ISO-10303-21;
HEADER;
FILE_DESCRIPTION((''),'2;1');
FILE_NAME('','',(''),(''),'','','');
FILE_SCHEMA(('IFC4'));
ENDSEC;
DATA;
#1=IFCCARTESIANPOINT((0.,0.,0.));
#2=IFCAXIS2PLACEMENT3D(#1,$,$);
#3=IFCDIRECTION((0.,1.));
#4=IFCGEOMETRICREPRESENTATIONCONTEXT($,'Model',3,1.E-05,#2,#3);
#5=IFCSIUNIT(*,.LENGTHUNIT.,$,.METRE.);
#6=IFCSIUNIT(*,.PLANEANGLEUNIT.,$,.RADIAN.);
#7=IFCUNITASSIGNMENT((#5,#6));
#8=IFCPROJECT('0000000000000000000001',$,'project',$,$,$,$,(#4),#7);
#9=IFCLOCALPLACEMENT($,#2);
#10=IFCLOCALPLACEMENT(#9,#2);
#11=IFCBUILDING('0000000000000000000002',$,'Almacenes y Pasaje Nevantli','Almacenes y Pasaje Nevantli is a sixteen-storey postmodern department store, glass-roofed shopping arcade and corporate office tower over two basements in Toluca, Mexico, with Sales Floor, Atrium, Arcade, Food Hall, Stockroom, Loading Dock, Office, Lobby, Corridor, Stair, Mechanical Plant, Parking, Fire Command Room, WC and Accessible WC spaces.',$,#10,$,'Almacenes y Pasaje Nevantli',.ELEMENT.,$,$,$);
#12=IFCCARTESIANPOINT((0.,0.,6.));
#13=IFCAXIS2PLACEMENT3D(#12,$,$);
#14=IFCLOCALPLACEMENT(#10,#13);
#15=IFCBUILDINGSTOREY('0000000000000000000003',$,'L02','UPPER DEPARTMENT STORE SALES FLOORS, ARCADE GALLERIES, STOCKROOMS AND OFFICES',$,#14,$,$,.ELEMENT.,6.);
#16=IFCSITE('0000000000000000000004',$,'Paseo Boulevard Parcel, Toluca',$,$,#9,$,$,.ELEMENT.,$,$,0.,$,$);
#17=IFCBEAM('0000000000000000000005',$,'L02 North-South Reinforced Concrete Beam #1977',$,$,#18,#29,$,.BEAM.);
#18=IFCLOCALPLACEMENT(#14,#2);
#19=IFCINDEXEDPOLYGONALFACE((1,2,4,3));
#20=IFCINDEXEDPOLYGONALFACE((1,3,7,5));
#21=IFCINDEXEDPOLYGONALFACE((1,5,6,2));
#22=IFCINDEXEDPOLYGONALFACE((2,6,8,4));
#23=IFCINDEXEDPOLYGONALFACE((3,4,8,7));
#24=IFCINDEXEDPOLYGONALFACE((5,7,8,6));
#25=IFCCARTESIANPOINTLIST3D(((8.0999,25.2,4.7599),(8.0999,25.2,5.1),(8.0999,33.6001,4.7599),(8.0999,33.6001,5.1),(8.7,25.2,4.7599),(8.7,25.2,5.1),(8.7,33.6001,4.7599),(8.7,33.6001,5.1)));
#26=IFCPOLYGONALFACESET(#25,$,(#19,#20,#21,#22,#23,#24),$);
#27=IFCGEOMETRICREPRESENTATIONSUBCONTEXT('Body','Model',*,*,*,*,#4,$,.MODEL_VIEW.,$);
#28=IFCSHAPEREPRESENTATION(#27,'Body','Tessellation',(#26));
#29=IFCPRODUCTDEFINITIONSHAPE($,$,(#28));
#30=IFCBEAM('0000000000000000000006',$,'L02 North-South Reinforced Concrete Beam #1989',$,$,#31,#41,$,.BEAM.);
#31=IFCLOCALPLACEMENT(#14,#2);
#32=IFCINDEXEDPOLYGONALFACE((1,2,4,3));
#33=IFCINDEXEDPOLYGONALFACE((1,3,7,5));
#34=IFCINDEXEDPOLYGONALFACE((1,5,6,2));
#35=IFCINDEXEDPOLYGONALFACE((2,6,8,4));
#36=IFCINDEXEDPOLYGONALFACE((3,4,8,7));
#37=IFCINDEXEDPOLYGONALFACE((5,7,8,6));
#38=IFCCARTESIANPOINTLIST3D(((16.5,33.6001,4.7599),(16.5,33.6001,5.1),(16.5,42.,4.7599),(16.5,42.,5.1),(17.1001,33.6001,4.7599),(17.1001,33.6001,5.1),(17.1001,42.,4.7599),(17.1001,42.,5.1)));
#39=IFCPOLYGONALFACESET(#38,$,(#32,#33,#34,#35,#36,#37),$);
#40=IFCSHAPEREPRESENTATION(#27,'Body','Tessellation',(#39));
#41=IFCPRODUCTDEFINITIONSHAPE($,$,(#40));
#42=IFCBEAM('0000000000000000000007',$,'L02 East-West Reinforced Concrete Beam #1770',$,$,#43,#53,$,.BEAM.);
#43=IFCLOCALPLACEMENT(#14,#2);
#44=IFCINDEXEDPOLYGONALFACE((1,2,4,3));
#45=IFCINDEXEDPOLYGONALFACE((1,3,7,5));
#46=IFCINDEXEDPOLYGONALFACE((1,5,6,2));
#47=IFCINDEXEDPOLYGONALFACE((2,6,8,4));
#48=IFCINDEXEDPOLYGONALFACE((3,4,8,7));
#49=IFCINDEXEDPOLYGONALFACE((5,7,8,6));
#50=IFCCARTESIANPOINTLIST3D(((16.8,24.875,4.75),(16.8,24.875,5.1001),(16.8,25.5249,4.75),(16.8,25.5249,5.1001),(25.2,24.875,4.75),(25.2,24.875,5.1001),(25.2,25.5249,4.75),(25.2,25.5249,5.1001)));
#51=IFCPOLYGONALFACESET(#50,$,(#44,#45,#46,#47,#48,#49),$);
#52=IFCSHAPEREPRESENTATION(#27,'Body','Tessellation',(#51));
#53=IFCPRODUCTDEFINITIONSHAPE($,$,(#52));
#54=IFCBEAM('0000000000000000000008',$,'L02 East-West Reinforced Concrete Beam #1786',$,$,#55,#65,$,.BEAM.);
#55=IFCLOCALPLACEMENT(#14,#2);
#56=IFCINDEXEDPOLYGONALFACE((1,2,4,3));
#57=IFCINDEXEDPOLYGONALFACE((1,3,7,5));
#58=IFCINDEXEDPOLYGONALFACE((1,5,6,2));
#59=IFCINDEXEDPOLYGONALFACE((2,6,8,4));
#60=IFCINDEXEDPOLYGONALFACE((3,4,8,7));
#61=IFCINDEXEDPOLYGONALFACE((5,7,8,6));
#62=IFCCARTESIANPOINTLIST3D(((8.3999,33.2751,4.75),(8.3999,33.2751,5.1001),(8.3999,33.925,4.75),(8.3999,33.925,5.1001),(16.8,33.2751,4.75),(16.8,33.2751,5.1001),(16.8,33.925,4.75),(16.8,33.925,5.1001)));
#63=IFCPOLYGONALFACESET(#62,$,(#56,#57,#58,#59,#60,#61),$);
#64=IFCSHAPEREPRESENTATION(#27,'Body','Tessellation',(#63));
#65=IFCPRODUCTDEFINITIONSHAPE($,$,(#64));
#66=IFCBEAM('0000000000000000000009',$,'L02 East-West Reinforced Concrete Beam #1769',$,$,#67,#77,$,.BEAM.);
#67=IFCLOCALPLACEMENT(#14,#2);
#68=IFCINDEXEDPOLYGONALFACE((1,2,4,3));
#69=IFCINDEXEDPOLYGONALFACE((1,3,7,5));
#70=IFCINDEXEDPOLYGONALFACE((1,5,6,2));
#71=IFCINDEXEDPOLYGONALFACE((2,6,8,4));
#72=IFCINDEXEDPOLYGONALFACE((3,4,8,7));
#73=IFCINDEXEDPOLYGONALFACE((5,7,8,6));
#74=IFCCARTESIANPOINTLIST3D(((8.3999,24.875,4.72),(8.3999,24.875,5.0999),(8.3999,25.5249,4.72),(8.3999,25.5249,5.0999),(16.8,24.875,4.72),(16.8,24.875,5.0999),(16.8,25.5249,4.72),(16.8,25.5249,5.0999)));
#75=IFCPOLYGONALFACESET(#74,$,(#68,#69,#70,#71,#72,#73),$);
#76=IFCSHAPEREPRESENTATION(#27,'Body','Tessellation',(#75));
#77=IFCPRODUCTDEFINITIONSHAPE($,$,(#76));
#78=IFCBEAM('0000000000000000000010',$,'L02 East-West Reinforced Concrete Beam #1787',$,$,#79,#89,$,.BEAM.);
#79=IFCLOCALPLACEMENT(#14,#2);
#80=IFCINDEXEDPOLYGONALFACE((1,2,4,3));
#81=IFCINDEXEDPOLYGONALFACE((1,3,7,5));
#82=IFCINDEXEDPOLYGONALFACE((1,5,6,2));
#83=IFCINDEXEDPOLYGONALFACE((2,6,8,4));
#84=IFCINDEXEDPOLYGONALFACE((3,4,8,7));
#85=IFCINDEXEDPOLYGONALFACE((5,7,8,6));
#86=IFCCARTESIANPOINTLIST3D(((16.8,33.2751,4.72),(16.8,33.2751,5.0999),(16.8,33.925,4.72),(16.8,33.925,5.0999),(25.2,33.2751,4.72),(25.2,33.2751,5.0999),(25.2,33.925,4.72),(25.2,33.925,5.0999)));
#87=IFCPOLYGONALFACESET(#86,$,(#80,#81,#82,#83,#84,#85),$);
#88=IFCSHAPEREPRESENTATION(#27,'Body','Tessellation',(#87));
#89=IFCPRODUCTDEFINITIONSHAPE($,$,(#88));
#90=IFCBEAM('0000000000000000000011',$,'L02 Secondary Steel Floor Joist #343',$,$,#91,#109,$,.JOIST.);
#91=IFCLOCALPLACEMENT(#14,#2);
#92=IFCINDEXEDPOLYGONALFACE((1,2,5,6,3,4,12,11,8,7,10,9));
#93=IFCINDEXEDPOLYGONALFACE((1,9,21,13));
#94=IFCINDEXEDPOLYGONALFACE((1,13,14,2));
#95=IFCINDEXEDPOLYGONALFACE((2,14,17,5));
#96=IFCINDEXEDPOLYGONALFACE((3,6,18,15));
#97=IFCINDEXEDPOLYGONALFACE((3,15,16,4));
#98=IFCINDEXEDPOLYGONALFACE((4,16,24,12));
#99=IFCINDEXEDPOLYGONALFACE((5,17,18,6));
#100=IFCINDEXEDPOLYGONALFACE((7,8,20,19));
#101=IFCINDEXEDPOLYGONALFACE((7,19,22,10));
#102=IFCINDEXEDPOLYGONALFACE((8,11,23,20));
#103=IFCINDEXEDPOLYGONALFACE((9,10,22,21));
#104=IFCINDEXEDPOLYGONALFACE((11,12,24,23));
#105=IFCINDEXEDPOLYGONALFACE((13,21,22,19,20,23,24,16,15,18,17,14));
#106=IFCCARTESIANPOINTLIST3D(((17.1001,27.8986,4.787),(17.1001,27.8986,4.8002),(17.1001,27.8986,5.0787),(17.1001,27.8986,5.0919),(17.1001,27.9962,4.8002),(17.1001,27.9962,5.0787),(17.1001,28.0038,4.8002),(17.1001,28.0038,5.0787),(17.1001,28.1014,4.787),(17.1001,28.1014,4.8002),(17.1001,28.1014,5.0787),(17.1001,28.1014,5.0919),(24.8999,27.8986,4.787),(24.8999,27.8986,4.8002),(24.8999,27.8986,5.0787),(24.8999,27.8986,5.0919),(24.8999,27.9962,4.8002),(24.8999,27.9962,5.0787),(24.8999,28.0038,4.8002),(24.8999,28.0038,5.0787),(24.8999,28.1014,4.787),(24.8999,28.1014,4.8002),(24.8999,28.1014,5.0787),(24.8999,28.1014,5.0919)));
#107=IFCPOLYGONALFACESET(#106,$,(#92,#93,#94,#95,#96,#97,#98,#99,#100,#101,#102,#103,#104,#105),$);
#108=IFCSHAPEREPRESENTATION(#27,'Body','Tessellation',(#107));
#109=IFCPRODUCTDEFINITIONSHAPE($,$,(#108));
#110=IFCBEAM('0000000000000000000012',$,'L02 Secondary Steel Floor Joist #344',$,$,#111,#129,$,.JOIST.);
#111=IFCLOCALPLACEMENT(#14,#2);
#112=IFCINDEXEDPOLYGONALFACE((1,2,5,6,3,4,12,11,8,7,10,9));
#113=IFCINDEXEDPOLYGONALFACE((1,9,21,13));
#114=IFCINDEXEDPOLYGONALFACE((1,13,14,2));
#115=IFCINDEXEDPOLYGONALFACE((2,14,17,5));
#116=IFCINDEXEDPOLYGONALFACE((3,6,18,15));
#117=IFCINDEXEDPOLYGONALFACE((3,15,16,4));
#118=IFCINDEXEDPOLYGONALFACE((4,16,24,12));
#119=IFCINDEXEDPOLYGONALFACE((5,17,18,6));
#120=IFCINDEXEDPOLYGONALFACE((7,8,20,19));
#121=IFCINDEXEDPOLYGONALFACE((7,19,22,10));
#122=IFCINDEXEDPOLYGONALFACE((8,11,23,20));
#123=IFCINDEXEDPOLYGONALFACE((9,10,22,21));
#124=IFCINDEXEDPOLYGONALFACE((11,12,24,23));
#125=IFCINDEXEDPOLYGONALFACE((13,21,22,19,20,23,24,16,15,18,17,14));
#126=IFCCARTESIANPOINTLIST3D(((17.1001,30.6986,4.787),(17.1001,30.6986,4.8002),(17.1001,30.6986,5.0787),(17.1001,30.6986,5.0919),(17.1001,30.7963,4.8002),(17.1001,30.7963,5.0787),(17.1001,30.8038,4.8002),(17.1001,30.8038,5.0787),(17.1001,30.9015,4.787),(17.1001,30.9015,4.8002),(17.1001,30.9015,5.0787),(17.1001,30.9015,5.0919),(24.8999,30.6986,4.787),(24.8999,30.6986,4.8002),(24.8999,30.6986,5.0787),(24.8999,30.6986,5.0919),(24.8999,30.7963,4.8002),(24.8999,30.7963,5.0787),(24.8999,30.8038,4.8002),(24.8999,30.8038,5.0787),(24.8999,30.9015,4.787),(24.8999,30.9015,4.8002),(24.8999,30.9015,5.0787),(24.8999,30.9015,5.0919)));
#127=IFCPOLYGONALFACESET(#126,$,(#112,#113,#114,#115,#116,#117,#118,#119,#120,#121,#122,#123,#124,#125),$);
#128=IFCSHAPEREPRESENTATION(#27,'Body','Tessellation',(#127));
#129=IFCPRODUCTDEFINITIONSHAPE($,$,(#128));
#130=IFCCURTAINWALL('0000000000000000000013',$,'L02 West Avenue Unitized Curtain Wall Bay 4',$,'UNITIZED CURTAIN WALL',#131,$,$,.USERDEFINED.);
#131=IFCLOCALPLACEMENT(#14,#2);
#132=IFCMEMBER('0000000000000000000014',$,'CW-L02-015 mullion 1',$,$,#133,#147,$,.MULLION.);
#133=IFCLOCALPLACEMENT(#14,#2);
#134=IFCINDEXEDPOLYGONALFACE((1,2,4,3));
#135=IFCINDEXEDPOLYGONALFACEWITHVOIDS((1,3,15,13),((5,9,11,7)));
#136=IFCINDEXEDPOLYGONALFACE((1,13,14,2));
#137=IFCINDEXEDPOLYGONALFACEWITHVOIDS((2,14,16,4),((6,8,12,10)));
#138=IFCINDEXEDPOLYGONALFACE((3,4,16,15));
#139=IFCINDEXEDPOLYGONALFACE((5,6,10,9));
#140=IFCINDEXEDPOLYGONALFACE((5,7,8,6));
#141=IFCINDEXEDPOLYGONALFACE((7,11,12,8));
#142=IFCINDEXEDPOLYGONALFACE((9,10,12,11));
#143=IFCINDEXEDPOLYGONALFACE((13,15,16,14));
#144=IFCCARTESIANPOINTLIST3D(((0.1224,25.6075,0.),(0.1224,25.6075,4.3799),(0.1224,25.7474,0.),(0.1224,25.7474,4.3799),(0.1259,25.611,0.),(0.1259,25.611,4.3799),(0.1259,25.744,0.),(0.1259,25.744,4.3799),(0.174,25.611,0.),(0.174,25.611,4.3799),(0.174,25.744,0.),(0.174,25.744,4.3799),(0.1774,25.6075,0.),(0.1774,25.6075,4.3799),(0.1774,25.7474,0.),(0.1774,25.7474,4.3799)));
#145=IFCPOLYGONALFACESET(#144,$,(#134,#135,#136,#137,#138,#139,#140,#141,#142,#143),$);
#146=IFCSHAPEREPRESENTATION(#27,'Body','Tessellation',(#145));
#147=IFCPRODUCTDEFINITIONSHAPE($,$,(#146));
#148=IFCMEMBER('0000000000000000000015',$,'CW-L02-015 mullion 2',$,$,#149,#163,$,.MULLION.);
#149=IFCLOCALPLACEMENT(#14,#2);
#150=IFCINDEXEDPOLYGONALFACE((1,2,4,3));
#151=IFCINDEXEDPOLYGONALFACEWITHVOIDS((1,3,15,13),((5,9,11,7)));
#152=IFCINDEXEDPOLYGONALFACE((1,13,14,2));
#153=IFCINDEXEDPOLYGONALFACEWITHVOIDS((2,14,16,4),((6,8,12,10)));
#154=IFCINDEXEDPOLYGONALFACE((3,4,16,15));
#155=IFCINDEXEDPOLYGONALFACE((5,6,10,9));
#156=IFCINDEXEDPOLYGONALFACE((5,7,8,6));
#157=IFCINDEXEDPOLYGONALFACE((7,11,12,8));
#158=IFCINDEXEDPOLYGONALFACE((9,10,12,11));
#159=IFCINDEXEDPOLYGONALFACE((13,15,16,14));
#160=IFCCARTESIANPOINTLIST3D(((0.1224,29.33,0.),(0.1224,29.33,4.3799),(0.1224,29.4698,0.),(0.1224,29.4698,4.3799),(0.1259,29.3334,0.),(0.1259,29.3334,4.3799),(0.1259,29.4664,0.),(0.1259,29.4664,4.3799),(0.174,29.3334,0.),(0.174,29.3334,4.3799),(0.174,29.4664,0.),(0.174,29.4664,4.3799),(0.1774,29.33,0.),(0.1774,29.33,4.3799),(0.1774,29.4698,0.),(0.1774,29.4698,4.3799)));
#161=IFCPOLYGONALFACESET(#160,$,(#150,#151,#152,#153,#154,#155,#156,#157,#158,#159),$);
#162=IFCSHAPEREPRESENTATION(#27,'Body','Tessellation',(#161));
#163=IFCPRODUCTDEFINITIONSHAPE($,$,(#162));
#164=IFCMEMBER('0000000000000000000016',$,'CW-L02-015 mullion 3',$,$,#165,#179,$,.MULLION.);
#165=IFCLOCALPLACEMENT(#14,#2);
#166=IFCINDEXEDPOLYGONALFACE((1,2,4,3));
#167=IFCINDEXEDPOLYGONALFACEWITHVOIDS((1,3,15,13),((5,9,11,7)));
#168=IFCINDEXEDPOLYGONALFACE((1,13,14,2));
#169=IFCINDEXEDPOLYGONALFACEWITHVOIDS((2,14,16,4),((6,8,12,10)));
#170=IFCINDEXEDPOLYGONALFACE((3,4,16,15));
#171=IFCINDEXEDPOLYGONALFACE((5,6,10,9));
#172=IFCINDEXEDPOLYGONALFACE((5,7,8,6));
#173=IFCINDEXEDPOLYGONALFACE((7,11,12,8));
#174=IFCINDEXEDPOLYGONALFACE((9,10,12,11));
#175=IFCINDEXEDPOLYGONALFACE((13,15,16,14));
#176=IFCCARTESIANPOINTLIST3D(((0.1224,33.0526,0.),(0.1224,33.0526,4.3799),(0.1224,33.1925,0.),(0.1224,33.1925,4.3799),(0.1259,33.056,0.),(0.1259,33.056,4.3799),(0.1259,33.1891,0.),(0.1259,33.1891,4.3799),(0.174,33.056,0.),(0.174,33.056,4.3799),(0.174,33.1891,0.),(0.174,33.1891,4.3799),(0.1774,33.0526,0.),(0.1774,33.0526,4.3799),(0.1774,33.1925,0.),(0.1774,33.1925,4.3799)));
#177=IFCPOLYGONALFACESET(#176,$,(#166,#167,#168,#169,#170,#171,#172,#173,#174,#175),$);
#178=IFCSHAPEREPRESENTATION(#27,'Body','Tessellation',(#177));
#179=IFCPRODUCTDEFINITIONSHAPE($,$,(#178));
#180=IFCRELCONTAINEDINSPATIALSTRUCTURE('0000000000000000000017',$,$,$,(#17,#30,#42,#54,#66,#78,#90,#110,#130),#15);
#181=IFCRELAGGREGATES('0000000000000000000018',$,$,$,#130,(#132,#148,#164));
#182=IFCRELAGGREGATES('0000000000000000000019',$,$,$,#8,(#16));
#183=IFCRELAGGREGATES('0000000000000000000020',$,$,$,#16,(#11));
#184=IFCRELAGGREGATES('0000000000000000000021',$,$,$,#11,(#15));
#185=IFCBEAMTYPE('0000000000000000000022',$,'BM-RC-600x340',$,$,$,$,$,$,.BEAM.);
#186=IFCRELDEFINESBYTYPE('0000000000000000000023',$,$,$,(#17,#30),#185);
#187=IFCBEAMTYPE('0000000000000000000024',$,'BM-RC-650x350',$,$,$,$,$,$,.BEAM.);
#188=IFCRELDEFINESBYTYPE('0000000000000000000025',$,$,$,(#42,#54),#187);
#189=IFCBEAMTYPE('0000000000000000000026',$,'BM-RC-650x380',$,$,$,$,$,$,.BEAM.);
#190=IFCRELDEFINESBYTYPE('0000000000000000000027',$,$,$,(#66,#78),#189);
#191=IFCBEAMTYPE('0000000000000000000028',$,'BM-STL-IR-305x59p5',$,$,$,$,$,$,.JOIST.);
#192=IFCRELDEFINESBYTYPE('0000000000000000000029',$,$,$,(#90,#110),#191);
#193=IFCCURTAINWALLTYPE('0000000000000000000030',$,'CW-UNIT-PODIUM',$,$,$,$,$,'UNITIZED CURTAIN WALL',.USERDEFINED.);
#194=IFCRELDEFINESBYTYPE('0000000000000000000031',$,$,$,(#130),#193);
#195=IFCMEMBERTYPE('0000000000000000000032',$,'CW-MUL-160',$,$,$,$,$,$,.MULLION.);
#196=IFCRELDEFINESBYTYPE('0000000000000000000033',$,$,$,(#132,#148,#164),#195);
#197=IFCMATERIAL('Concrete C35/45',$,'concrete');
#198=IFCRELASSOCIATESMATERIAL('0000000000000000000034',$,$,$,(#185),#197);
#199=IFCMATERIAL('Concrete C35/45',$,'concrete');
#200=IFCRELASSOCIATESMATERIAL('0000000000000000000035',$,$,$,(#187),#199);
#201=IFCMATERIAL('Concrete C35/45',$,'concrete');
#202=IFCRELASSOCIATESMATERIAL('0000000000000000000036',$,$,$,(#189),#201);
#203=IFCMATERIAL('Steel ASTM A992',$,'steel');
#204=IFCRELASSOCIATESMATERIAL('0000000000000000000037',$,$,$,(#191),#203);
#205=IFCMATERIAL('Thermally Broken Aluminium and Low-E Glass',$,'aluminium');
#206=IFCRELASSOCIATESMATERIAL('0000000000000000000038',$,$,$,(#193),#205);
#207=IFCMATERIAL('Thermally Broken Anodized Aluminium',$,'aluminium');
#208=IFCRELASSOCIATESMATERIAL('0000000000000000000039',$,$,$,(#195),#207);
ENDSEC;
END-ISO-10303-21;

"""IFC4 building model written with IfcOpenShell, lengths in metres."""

from ifc_helpers import new_model, si_unit, direction, frame, origin, origin_2d, place, context, subcontext, project, spatial, rectangle, hollow_rectangle, i_section, extrude, material, material_profile, profile_set, type_object, element, aggregate, save


model = new_model("IFC4")

# Units and contexts
model_context = context("Model", 3, precision=1e-05, world=origin(), true_north=direction((0.0, 1.0)))
body_context = subcontext(model_context, "Body", "Model", "MODEL_VIEW")
ifc_project = project(units=[si_unit("LENGTHUNIT", "METRE"), si_unit("PLANEANGLEUNIT", "RADIAN")], contexts=[model_context])

# Site, building, storey
site_placement = place(None, origin())
site = spatial("IfcSite", under=ifc_project, at=site_placement, Name="Paseo Boulevard Parcel, Toluca", CompositionType="ELEMENT", RefElevation=0.0)
building_placement = place(site_placement, origin())
building = spatial("IfcBuilding", under=site, at=building_placement, Name="Almacenes y Pasaje Nevantli", Description="Almacenes y Pasaje Nevantli is a sixteen-storey postmodern department store, glass-roofed shopping arcade and corporate office tower over two basements in Toluca, Mexico, with Sales Floor, Atrium, Arcade, Food Hall, Stockroom, Loading Dock, Office, Lobby, Corridor, Stair, Mechanical Plant, Parking, Fire Command Room, WC and Accessible WC spaces.", LongName="Almacenes y Pasaje Nevantli", CompositionType="ELEMENT")
storey_placement = place(building_placement, frame((0.0, 0.0, 6.0)))
storey = spatial("IfcBuildingStorey", under=building, at=storey_placement, Name="L02", Description="UPPER DEPARTMENT STORE SALES FLOORS, ARCADE GALLERIES, STOCKROOMS AND OFFICES", CompositionType="ELEMENT", Elevation=6.0)

# Beams
ifc_material_1 = material(Name="Concrete C35/45", Category="concrete")
ifc_material_profile_1 = material_profile(ifc_material_1, rectangle(XDim=0.6001, YDim=0.3401, at=origin_2d()), Name="RC-BM-600x340")
ifc_profile_set_1 = profile_set([ifc_material_profile_1], Name="Concrete C35/45")
beam_type_1 = type_object("IfcBeamType", Name="BM-RC-600x340", PredefinedType="BEAM", material=ifc_profile_set_1)
beam_1_placement = place(storey_placement, frame((8.3999, 25.2, 4.9299), z_axis=(0.0, 1.0, 0.0), x_axis=(-1.0, 0.0, 0.0)))
element("IfcBeam", 1, at=beam_1_placement, inside=storey, type_object=beam_type_1, Name="L02 North-South Reinforced Concrete Beam #1977", PredefinedType="BEAM", context=body_context, shape_type="SweptSolid", body=[
    extrude(rectangle(XDim=0.6001, YDim=0.3401, at=origin_2d()), origin(), (0.0, 0.0, 1.0), 8.4001),
])
beam_2_placement = place(storey_placement, frame((16.8, 33.6001, 4.9299), z_axis=(0.0, 1.0, 0.0), x_axis=(-1.0, 0.0, 0.0)))
element("IfcBeam", 2, at=beam_2_placement, inside=storey, type_object=beam_type_1, Name="L02 North-South Reinforced Concrete Beam #1989", PredefinedType="BEAM", context=body_context, shape_type="SweptSolid", body=[
    extrude(rectangle(XDim=0.6001, YDim=0.3401, at=origin_2d()), origin(), (0.0, 0.0, 1.0), 8.3999),
])
ifc_material_2 = material(Name="Concrete C35/45", Category="concrete")
ifc_material_profile_2 = material_profile(ifc_material_2, rectangle(XDim=0.6499, YDim=0.3501, at=origin_2d()), Name="RC-BM-650x350")
ifc_profile_set_2 = profile_set([ifc_material_profile_2], Name="Concrete C35/45")
beam_type_2 = type_object("IfcBeamType", Name="BM-RC-650x350", PredefinedType="BEAM", material=ifc_profile_set_2)
beam_3_placement = place(storey_placement, frame((16.8, 25.2, 4.925), z_axis=(1.0, 0.0, 0.0), x_axis=(0.0, 1.0, 0.0)))
element("IfcBeam", 3, at=beam_3_placement, inside=storey, type_object=beam_type_2, Name="L02 East-West Reinforced Concrete Beam #1770", PredefinedType="BEAM", context=body_context, shape_type="SweptSolid", body=[
    extrude(rectangle(XDim=0.6499, YDim=0.3501, at=origin_2d()), origin(), (0.0, 0.0, 1.0), 8.3999),
])
beam_4_placement = place(storey_placement, frame((8.3999, 33.6001, 4.925), z_axis=(1.0, 0.0, 0.0), x_axis=(0.0, 1.0, 0.0)))
element("IfcBeam", 4, at=beam_4_placement, inside=storey, type_object=beam_type_2, Name="L02 East-West Reinforced Concrete Beam #1786", PredefinedType="BEAM", context=body_context, shape_type="SweptSolid", body=[
    extrude(rectangle(XDim=0.6499, YDim=0.3501, at=origin_2d()), origin(), (0.0, 0.0, 1.0), 8.4001),
])
ifc_material_3 = material(Name="Concrete C35/45", Category="concrete")
ifc_material_profile_3 = material_profile(ifc_material_3, rectangle(XDim=0.6499, YDim=0.3799, at=origin_2d()), Name="RC-BM-650x380")
ifc_profile_set_3 = profile_set([ifc_material_profile_3], Name="Concrete C35/45")
beam_type_3 = type_object("IfcBeamType", Name="BM-RC-650x380", PredefinedType="BEAM", material=ifc_profile_set_3)
beam_5_placement = place(storey_placement, frame((8.3999, 25.2, 4.9099), z_axis=(1.0, 0.0, 0.0), x_axis=(0.0, 1.0, 0.0)))
element("IfcBeam", 5, at=beam_5_placement, inside=storey, type_object=beam_type_3, Name="L02 East-West Reinforced Concrete Beam #1769", PredefinedType="BEAM", context=body_context, shape_type="SweptSolid", body=[
    extrude(rectangle(XDim=0.6499, YDim=0.3799, at=origin_2d()), origin(), (0.0, 0.0, 1.0), 8.4001),
])
beam_6_placement = place(storey_placement, frame((16.8, 33.6001, 4.9099), z_axis=(1.0, 0.0, 0.0), x_axis=(0.0, 1.0, 0.0)))
element("IfcBeam", 6, at=beam_6_placement, inside=storey, type_object=beam_type_3, Name="L02 East-West Reinforced Concrete Beam #1787", PredefinedType="BEAM", context=body_context, shape_type="SweptSolid", body=[
    extrude(rectangle(XDim=0.6499, YDim=0.3799, at=origin_2d()), origin(), (0.0, 0.0, 1.0), 8.3999),
])
ifc_material_4 = material(Name="Steel ASTM A992", Category="steel")
ifc_material_profile_4 = material_profile(ifc_material_4, i_section(OverallWidth=0.2029, OverallDepth=0.3049, WebThickness=0.0076, FlangeThickness=0.0132, at=origin_2d()), Name="IR 305x59.5")
ifc_profile_set_4 = profile_set([ifc_material_profile_4], Name="Steel ASTM A992")
beam_type_4 = type_object("IfcBeamType", Name="BM-STL-IR-305x59p5", PredefinedType="JOIST", material=ifc_profile_set_4)
for number, where, z_axis, x_axis, name in (
    (7, (17.1001, 28.0, 4.9395), (1.0, 0.0, 0.0), (0.0, 1.0, 0.0), "L02 Secondary Steel Floor Joist #343"),
    (8, (17.1001, 30.8, 4.9395), (1.0, 0.0, 0.0), (0.0, 1.0, 0.0), "L02 Secondary Steel Floor Joist #344"),
):
    element("IfcBeam", number, at=place(storey_placement, frame(where, z_axis=z_axis, x_axis=x_axis)), inside=storey, type_object=beam_type_4, Name=name, PredefinedType="JOIST", context=body_context, shape_type="SweptSolid", body=[
        extrude(i_section(OverallWidth=0.2029, OverallDepth=0.3049, WebThickness=0.0076, FlangeThickness=0.0132, at=origin_2d()), origin(), (0.0, 0.0, 1.0), 7.7998),
    ])

# Curtain wall, members
ifc_material_5 = material(Name="Thermally Broken Aluminium and Low-E Glass", Category="aluminium")
curtain_wall_type = type_object("IfcCurtainWallType", Name="CW-UNIT-PODIUM", ElementType="UNITIZED CURTAIN WALL", PredefinedType="USERDEFINED", material=ifc_material_5)
curtain_wall_placement = place(storey_placement, origin())
curtain_wall = element("IfcCurtainWall", 9, at=curtain_wall_placement, inside=storey, type_object=curtain_wall_type, Name="L02 West Avenue Unitized Curtain Wall Bay 4", ObjectType="UNITIZED CURTAIN WALL", PredefinedType="USERDEFINED")
ifc_material_6 = material(Name="Thermally Broken Anodized Aluminium", Category="aluminium")
ifc_material_profile_5 = material_profile(ifc_material_6, hollow_rectangle(XDim=0.0549, YDim=0.1399, WallThickness=0.0034, at=origin_2d()), Name="ALU-MUL-55x140")
ifc_profile_set_5 = profile_set([ifc_material_profile_5], Name="Thermally Broken Anodized Aluminium")
member_type_1 = type_object("IfcMemberType", Name="CW-MUL-160", PredefinedType="MULLION", material=ifc_profile_set_5)
member_1_placement = place(storey_placement, frame((0.1499, 25.6775, 0.0), z_axis=(0.0, 0.0, 1.0), x_axis=(-1.0, 0.0, 0.0)))
member_1 = element("IfcMember", 10, at=member_1_placement, type_object=member_type_1, Name="CW-L02-015 mullion 1", PredefinedType="MULLION", context=body_context, shape_type="SweptSolid", body=[
    extrude(hollow_rectangle(XDim=0.0549, YDim=0.1399, WallThickness=0.0034, at=origin_2d()), origin(), (0.0, 0.0, 1.0), 4.3799),
])
member_2_placement = place(storey_placement, frame((0.1499, 29.3999, 0.0), z_axis=(0.0, 0.0, 1.0), x_axis=(-1.0, 0.0, 0.0)))
member_2 = element("IfcMember", 11, at=member_2_placement, type_object=member_type_1, Name="CW-L02-015 mullion 2", PredefinedType="MULLION", context=body_context, shape_type="SweptSolid", body=[
    extrude(hollow_rectangle(XDim=0.0549, YDim=0.1399, WallThickness=0.0034, at=origin_2d()), origin(), (0.0, 0.0, 1.0), 4.3799),
])
member_3_placement = place(storey_placement, frame((0.1499, 33.1226, 0.0), z_axis=(0.0, 0.0, 1.0), x_axis=(-1.0, 0.0, 0.0)))
member_3 = element("IfcMember", 12, at=member_3_placement, type_object=member_type_1, Name="CW-L02-015 mullion 3", PredefinedType="MULLION", context=body_context, shape_type="SweptSolid", body=[
    extrude(hollow_rectangle(XDim=0.0549, YDim=0.1399, WallThickness=0.0034, at=origin_2d()), origin(), (0.0, 0.0, 1.0), 4.3799),
])
aggregate(curtain_wall, [member_1, member_2, member_3])

save(model, "model.ifc")
